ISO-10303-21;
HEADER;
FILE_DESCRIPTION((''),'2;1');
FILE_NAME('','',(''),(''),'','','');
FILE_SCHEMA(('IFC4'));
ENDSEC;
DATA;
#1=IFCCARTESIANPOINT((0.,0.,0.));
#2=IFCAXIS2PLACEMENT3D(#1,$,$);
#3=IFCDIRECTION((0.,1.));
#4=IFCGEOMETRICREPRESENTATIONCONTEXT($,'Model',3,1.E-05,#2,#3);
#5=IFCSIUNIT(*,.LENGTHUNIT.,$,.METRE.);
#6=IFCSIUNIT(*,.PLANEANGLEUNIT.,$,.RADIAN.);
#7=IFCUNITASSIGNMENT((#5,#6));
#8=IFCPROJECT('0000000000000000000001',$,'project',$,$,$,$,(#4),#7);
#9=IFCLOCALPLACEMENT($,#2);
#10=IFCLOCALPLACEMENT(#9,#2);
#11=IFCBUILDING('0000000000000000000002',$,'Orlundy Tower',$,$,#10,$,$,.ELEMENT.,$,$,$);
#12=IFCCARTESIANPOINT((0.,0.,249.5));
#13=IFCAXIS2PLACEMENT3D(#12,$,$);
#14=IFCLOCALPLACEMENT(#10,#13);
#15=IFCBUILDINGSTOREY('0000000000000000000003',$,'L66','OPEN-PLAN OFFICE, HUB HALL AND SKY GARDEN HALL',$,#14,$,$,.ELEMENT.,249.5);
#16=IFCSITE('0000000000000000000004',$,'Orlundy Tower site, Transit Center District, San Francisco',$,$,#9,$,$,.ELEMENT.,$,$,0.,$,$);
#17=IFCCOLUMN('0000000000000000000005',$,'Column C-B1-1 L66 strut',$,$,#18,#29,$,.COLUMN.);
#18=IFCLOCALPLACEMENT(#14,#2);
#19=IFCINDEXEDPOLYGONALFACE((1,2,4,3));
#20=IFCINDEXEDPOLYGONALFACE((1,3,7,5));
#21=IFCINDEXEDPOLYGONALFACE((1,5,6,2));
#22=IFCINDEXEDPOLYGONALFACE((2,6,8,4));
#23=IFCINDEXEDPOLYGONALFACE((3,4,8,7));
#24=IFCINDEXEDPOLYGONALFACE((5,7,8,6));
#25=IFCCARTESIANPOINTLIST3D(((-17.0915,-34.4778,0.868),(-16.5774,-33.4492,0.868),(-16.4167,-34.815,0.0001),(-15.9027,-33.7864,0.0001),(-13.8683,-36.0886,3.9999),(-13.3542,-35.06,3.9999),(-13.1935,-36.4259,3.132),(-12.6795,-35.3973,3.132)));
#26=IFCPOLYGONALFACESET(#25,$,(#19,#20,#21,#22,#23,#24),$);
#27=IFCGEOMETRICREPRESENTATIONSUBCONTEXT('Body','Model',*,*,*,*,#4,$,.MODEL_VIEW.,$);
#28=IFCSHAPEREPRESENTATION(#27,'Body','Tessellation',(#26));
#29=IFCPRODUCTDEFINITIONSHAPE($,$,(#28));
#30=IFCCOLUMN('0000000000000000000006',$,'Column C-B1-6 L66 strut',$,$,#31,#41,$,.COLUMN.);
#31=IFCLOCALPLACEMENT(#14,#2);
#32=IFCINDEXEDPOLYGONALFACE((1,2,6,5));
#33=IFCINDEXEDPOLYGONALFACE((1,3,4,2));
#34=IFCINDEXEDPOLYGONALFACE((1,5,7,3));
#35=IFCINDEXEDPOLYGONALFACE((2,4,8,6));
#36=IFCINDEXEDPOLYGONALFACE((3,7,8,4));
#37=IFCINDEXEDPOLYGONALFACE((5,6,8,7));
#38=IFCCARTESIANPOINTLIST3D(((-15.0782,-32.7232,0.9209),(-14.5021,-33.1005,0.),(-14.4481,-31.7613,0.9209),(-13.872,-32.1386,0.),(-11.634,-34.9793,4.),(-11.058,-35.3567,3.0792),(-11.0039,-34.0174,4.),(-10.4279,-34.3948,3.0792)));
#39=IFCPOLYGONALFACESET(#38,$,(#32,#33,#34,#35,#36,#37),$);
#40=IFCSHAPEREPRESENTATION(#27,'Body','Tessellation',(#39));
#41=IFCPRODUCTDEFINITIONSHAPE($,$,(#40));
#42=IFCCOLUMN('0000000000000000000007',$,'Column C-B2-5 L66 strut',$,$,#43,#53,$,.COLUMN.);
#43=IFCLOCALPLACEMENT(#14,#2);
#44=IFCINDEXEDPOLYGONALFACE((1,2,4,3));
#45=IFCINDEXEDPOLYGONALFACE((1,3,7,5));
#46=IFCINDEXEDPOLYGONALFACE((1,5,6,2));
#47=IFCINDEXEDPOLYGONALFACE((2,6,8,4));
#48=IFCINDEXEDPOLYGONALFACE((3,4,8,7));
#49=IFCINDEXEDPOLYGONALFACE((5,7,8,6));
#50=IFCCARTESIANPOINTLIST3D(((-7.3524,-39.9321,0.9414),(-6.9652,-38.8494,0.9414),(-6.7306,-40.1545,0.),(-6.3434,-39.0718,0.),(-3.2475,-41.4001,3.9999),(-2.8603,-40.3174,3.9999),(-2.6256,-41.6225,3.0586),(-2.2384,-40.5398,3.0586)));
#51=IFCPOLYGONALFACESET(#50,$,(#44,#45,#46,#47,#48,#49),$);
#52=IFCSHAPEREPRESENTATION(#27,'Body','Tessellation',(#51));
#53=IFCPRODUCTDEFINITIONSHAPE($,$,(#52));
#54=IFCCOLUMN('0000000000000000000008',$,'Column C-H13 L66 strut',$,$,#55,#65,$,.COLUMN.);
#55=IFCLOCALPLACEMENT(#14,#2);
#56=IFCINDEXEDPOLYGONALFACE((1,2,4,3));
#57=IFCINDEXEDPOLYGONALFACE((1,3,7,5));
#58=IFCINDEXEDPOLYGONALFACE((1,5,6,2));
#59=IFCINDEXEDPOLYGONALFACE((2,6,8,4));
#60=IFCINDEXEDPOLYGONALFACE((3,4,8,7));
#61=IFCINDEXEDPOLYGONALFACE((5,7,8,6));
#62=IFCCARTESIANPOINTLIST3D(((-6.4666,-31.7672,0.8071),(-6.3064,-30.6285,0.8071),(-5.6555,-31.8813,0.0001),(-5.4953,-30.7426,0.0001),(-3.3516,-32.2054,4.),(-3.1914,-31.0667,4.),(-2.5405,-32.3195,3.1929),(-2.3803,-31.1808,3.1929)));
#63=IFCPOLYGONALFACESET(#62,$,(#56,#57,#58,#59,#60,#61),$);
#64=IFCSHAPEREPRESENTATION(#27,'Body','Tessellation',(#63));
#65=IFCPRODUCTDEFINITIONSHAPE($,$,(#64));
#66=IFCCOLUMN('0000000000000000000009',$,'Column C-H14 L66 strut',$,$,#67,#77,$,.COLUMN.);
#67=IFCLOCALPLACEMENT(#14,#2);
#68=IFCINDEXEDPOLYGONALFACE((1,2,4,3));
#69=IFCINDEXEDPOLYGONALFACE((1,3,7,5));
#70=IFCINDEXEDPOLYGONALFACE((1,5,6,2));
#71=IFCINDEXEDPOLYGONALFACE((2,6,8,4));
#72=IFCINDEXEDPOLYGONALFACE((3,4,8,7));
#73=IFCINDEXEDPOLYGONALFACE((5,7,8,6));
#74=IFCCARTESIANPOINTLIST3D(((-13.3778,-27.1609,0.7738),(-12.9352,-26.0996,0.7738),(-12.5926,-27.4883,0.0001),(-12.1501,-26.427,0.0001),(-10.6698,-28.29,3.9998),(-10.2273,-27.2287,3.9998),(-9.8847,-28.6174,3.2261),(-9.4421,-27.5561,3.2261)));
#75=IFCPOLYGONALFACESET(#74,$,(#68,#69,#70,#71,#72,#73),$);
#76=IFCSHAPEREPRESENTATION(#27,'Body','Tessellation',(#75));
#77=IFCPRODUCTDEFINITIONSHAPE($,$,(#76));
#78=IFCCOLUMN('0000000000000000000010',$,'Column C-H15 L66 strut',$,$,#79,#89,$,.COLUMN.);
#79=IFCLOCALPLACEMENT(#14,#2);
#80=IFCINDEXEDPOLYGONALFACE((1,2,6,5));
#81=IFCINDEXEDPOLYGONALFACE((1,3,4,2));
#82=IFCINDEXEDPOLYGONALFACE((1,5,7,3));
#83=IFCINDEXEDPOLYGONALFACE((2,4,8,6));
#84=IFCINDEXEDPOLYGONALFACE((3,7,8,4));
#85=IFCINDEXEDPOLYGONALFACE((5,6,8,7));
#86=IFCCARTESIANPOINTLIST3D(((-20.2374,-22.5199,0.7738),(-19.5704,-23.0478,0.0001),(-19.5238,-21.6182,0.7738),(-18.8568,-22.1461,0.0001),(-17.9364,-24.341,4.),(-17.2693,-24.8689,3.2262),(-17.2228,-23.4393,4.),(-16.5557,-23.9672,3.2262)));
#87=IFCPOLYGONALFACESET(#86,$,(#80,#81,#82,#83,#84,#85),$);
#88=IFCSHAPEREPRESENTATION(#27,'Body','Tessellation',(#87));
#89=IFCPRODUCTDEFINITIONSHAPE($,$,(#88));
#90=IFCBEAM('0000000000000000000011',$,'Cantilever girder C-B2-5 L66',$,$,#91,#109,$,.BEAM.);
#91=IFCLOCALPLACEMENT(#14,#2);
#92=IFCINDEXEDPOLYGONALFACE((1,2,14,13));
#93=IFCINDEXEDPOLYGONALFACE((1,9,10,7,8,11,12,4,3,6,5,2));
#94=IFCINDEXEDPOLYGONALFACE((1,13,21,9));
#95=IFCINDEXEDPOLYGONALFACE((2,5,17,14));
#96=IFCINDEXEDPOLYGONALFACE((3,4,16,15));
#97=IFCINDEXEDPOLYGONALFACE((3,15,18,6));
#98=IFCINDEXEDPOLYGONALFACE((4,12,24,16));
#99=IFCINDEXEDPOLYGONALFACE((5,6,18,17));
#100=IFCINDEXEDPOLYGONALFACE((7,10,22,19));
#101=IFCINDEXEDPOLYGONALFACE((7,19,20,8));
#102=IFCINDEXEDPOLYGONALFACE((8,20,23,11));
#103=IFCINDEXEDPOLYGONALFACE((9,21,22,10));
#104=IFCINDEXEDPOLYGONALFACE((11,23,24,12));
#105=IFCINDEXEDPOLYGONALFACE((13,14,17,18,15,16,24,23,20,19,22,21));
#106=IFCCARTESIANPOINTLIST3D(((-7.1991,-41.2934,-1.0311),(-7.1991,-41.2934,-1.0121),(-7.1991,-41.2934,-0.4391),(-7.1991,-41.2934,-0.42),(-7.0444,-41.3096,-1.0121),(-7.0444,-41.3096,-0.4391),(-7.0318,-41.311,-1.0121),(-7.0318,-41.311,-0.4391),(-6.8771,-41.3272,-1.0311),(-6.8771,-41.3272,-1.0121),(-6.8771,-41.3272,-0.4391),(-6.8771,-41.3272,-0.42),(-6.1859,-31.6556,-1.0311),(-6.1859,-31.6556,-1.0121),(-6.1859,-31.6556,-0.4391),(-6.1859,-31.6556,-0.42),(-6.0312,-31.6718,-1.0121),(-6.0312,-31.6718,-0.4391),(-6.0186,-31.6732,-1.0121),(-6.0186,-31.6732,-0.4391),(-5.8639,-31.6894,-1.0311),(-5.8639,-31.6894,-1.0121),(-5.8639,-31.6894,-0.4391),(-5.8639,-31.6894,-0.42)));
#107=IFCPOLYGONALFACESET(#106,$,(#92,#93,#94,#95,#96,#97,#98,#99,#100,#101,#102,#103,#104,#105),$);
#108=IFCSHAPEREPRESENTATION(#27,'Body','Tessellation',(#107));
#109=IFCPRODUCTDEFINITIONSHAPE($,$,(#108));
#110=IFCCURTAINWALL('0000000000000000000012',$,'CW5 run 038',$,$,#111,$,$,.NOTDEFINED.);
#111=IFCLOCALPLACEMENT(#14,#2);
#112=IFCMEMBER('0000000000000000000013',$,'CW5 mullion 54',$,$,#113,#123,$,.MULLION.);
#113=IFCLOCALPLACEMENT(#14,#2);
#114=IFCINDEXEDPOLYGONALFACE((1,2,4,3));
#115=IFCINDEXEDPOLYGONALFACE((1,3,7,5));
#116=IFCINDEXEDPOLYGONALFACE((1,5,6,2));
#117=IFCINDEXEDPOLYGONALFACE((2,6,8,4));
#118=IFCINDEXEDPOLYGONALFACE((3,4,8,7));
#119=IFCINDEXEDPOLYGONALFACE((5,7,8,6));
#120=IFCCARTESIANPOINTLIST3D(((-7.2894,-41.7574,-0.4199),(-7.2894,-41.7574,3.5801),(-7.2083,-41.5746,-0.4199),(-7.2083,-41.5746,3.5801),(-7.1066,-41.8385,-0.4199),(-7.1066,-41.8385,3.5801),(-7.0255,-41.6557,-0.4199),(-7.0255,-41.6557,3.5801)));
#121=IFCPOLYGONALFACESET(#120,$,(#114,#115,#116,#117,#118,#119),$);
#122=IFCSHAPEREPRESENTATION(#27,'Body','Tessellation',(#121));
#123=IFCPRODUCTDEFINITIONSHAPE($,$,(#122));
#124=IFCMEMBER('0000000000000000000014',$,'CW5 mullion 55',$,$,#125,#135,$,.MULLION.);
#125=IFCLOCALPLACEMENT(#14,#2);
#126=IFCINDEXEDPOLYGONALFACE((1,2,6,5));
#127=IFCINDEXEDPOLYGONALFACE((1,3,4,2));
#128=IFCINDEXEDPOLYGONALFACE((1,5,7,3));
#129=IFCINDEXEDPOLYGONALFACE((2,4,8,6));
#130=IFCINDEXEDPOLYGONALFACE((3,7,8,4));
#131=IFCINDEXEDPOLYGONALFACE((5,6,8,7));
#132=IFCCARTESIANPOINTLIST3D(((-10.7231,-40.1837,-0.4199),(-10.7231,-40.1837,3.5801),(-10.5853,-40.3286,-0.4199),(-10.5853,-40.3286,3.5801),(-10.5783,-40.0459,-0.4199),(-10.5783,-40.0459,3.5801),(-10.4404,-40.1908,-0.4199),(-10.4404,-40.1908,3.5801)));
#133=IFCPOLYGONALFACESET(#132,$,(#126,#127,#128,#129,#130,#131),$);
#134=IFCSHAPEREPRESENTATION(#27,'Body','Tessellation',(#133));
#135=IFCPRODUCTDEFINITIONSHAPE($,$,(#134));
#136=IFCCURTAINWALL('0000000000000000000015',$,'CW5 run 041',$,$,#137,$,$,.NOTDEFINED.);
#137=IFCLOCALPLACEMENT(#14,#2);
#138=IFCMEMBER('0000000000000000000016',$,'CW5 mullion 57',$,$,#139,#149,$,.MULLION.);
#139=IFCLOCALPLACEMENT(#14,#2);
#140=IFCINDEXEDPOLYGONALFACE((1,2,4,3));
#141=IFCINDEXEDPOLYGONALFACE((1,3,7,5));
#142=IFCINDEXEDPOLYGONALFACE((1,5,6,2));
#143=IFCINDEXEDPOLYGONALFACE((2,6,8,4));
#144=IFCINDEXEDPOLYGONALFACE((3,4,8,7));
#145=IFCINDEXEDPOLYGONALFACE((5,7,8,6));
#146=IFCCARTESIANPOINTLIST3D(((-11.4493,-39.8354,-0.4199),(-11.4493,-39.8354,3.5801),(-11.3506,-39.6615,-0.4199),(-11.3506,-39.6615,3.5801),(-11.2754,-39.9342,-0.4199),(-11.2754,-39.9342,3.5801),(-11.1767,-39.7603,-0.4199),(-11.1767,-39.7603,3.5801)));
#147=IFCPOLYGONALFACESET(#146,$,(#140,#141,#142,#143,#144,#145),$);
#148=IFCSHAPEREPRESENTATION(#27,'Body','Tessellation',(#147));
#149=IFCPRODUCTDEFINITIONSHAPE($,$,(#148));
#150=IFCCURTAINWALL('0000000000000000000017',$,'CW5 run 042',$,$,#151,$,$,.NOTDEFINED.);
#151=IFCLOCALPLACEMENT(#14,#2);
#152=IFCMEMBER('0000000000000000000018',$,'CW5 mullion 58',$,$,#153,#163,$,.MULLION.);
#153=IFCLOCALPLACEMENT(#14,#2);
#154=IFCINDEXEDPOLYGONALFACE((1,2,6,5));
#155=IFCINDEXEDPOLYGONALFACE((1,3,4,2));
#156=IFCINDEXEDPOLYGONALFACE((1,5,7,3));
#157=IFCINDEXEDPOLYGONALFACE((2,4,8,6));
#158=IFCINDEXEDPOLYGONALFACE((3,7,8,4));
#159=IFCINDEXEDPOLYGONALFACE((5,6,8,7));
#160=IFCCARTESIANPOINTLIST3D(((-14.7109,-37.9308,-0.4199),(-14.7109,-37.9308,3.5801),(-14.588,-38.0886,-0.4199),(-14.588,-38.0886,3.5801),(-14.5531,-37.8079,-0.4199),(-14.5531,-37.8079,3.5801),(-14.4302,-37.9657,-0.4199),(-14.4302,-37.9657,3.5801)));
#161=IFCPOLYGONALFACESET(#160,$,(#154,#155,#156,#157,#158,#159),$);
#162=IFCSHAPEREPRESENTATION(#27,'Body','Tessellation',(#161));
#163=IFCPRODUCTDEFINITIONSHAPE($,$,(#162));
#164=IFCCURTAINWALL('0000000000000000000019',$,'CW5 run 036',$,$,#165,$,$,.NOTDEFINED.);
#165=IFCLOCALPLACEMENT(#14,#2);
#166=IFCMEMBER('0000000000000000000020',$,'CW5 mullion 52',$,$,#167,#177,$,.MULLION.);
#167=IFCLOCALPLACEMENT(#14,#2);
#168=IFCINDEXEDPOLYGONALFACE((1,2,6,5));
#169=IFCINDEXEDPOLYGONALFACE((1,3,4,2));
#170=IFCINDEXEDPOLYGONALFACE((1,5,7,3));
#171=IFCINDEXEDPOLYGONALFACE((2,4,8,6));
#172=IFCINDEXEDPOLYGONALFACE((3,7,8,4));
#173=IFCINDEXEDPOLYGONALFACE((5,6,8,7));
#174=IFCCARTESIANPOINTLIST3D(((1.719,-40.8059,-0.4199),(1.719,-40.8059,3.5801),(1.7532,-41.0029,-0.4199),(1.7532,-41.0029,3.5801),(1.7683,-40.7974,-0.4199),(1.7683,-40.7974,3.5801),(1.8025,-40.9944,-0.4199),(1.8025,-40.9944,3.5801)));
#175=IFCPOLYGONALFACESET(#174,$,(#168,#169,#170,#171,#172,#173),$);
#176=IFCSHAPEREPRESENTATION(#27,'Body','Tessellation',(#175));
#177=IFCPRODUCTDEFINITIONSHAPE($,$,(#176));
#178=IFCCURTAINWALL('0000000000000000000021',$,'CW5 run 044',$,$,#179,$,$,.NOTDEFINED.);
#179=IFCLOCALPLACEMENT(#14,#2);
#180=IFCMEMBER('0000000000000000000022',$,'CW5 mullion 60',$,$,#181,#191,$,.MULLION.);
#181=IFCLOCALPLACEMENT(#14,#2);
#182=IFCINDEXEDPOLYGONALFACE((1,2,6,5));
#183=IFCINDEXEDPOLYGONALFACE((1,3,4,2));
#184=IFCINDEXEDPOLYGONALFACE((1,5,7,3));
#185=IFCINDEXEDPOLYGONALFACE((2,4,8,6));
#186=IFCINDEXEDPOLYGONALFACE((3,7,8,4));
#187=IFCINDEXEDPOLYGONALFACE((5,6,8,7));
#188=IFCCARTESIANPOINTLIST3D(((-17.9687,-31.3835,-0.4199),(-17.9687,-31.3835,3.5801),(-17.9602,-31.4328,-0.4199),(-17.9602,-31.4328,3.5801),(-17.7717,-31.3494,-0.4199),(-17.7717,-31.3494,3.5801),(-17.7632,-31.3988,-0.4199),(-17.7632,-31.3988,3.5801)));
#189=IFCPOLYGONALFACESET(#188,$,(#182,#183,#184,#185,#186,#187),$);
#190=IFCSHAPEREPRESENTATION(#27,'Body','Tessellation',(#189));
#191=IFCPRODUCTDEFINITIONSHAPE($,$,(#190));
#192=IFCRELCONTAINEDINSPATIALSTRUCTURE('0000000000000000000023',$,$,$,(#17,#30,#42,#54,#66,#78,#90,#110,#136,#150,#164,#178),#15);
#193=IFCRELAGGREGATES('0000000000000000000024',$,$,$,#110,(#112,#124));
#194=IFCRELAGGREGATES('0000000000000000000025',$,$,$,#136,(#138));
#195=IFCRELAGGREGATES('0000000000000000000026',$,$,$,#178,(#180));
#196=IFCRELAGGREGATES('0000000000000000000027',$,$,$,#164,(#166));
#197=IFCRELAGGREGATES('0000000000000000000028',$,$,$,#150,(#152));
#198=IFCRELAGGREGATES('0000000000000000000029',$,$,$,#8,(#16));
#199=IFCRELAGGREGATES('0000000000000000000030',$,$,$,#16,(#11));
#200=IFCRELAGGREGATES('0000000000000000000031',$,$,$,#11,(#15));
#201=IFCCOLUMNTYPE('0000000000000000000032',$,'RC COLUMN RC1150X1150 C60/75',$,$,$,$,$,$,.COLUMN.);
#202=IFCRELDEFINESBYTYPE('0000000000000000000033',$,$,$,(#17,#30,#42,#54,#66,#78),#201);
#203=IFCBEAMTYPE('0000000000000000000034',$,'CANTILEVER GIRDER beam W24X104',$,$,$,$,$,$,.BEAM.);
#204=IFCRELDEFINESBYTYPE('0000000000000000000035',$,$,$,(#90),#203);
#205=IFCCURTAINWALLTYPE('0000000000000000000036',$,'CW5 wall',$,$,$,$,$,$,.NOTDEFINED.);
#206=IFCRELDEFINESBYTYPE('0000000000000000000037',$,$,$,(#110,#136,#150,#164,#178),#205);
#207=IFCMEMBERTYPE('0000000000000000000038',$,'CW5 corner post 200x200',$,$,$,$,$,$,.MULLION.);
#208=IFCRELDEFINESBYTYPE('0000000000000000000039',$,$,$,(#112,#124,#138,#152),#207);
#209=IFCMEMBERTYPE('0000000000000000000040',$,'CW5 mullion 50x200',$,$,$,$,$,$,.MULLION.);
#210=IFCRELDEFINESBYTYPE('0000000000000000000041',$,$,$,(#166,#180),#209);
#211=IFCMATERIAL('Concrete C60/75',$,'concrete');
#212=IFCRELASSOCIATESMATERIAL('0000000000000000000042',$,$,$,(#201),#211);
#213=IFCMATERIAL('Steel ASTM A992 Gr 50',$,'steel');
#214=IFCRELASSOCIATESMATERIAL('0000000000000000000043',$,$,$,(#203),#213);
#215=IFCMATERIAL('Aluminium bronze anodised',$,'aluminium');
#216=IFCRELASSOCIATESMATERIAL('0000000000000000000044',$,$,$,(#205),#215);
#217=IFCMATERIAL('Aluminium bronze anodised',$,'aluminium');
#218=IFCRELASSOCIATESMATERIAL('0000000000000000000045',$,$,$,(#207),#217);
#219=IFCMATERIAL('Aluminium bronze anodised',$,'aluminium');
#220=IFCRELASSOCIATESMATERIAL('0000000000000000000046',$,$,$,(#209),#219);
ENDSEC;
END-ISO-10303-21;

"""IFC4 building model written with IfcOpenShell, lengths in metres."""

from ifc_helpers import new_model, si_unit, direction, frame, origin, origin_2d, place, context, subcontext, project, spatial, rectangle, i_section, extrude, material, material_profile, profile_set, type_object, element, aggregate, save


model = new_model("IFC4")

# Units and contexts
model_context = context("Model", 3, precision=1e-05, world=origin(), true_north=direction((0.0, 1.0)))
body_context = subcontext(model_context, "Body", "Model", "MODEL_VIEW")
ifc_project = project(units=[si_unit("LENGTHUNIT", "METRE"), si_unit("PLANEANGLEUNIT", "RADIAN")], contexts=[model_context])

# Site, building, storey
site_placement = place(None, origin())
site = spatial("IfcSite", under=ifc_project, at=site_placement, Name="Orlundy Tower site, Transit Center District, San Francisco", CompositionType="ELEMENT", RefElevation=0.0)
building_placement = place(site_placement, origin())
building = spatial("IfcBuilding", under=site, at=building_placement, Name="Orlundy Tower", CompositionType="ELEMENT")
storey_placement = place(building_placement, frame((0.0, 0.0, 249.5)))
storey = spatial("IfcBuildingStorey", under=building, at=storey_placement, Name="L66", Description="OPEN-PLAN OFFICE, HUB HALL AND SKY GARDEN HALL", CompositionType="ELEMENT", Elevation=249.5)

# Columns
ifc_material_1 = material(Name="Concrete C60/75", Category="concrete")
ifc_material_profile_1 = material_profile(ifc_material_1, rectangle(XDim=1.1499, YDim=1.1499, at=origin_2d()), Name="RC1150X1150")
ifc_profile_set_1 = profile_set([ifc_material_profile_1], Name="Concrete C60/75")
column_type = type_object("IfcColumnType", Name="RC COLUMN RC1150X1150 C60/75", PredefinedType="COLUMN", material=ifc_profile_set_1)
column_1_placement = place(storey_placement, frame((-16.4971, -34.1321, 0.4341), z_axis=(0.675134, -0.337414, 0.656008), x_axis=(0.447051, 0.894508, 0.0)))
element("IfcColumn", 1, at=column_1_placement, inside=storey, type_object=column_type, Name="Column C-B1-1 L66 strut", PredefinedType="COLUMN", context=body_context, shape_type="SweptSolid", body=[
    extrude(rectangle(XDim=1.1499, YDim=1.1499, at=origin_2d()), origin(), (0.0, 0.0, 1.0), 4.7742),
])
column_2_placement = place(storey_placement, frame((-14.4751, -32.4309, 0.4604), z_axis=(0.669891, -0.438822, 0.598899), x_axis=(0.547963, 0.836502, 0.0)))
element("IfcColumn", 2, at=column_2_placement, inside=storey, type_object=column_type, Name="Column C-B1-6 L66 strut", PredefinedType="COLUMN", context=body_context, shape_type="SweptSolid", body=[
    extrude(rectangle(XDim=1.1499, YDim=1.1499, at=origin_2d()), origin(), (0.0, 0.0, 1.0), 5.1414),
])
column_3_placement = place(storey_placement, frame((-6.8479, -39.502, 0.4707), z_axis=(0.770816, -0.275658, 0.57433), x_axis=(0.336734, 0.9416, 0.0)))
element("IfcColumn", 3, at=column_3_placement, inside=storey, type_object=column_type, Name="Column C-B2-5 L66 strut", PredefinedType="COLUMN", context=body_context, shape_type="SweptSolid", body=[
    extrude(rectangle(XDim=1.1499, YDim=1.1499, at=origin_2d()), origin(), (0.0, 0.0, 1.0), 5.3254),
])
column_4_placement = place(storey_placement, frame((-5.981, -31.2549, 0.4036), z_axis=(0.694977, -0.097773, 0.712353), x_axis=(0.139313, 0.990248, 0.0)))
element("IfcColumn", 4, at=column_4_placement, inside=storey, type_object=column_type, Name="Column C-H13 L66 strut", PredefinedType="COLUMN", context=body_context, shape_type="SweptSolid", body=[
    extrude(rectangle(XDim=1.1499, YDim=1.1499, at=origin_2d()), origin(), (0.0, 0.0, 1.0), 4.4822),
])
column_5_placement = place(storey_placement, frame((-12.7639, -26.7939, 0.387), z_axis=(0.621001, -0.258937, 0.739804), x_axis=(0.384852, 0.922978, 0.0)))
element("IfcColumn", 5, at=column_5_placement, inside=storey, type_object=column_type, Name="Column C-H14 L66 strut", PredefinedType="COLUMN", context=body_context, shape_type="SweptSolid", body=[
    extrude(rectangle(XDim=1.1499, YDim=1.1499, at=origin_2d()), origin(), (0.0, 0.0, 1.0), 4.3606),
])
column_6_placement = place(storey_placement, frame((-19.5471, -22.333, 0.387), z_axis=(0.527635, -0.417573, 0.739753), x_axis=(0.620577, 0.784145, 0.0)))
element("IfcColumn", 6, at=column_6_placement, inside=storey, type_object=column_type, Name="Column C-H15 L66 strut", PredefinedType="COLUMN", context=body_context, shape_type="SweptSolid", body=[
    extrude(rectangle(XDim=1.1499, YDim=1.1499, at=origin_2d()), origin(), (0.0, 0.0, 1.0), 4.3611),
])

# Beam
ifc_material_2 = material(Name="Steel ASTM A992 Gr 50", Category="steel")
ifc_material_profile_2 = material_profile(ifc_material_2, i_section(OverallWidth=0.3237, OverallDepth=0.6111, WebThickness=0.0127, FlangeThickness=0.019, at=origin_2d()), Name="W24X104")
ifc_profile_set_2 = profile_set([ifc_material_profile_2], Name="Steel ASTM A992 Gr 50")
beam_type_1 = type_object("IfcBeamType", Name="CANTILEVER GIRDER beam W24X104", PredefinedType="BEAM", material=ifc_profile_set_2)
beam_1_placement = place(storey_placement, frame((-7.0381, -41.3103, -0.7256), z_axis=(0.104551, 0.99452, 0.0), x_axis=(-0.99452, 0.104551, 0.0)))
element("IfcBeam", 7, at=beam_1_placement, inside=storey, type_object=beam_type_1, Name="Cantilever girder C-B2-5 L66", PredefinedType="BEAM", context=body_context, shape_type="SweptSolid", body=[
    extrude(i_section(OverallWidth=0.3237, OverallDepth=0.6111, WebThickness=0.0127, FlangeThickness=0.019, at=origin_2d()), origin(), (0.0, 0.0, 1.0), 9.6909),
])

# Curtain wall, members
ifc_material_3 = material(Name="Aluminium bronze anodised", Category="aluminium")
curtain_wall_type = type_object("IfcCurtainWallType", Name="CW5 wall", PredefinedType="NOTDEFINED", material=ifc_material_3)
curtain_wall_1_placement = place(storey_placement, origin())
curtain_wall_1 = element("IfcCurtainWall", 8, at=curtain_wall_1_placement, inside=storey, type_object=curtain_wall_type, Name="CW5 run 038", PredefinedType="NOTDEFINED")
ifc_material_4 = material(Name="Aluminium bronze anodised", Category="aluminium")
ifc_material_profile_3 = material_profile(ifc_material_4, rectangle(XDim=0.2, YDim=0.2, at=origin_2d()), Name="CW5 corner post 200x200")
ifc_profile_set_3 = profile_set([ifc_material_profile_3], Name="Aluminium bronze anodised")
member_type_1 = type_object("IfcMemberType", Name="CW5 corner post 200x200", PredefinedType="MULLION", material=ifc_profile_set_3)
member_1_placement = place(storey_placement, frame((-7.1575, -41.7065, -0.4199), z_axis=(0.0, 0.0, 1.0), x_axis=(-0.405513, -0.914089, 0.0)))
member_1 = element("IfcMember", 9, at=member_1_placement, type_object=member_type_1, Name="CW5 mullion 54", PredefinedType="MULLION", context=body_context, shape_type="SweptSolid", body=[
    extrude(rectangle(XDim=0.2, YDim=0.2, at=origin_2d()), origin(), (0.0, 0.0, 1.0), 4.0),
])
member_2_placement = place(storey_placement, frame((-10.5818, -40.1873, -0.4199), z_axis=(0.0, 0.0, 1.0), x_axis=(-0.724482, -0.689293, 0.0)))
member_2 = element("IfcMember", 10, at=member_2_placement, type_object=member_type_1, Name="CW5 mullion 55", PredefinedType="MULLION", context=body_context, shape_type="SweptSolid", body=[
    extrude(rectangle(XDim=0.2, YDim=0.2, at=origin_2d()), origin(), (0.0, 0.0, 1.0), 4.0),
])

# Curtain walls, members
curtain_wall_2_placement = place(storey_placement, origin())
curtain_wall_2 = element("IfcCurtainWall", 11, at=curtain_wall_2_placement, inside=storey, type_object=curtain_wall_type, Name="CW5 run 041", PredefinedType="NOTDEFINED")
member_3_placement = place(storey_placement, frame((-11.313, -39.7979, -0.4199), z_axis=(0.0, 0.0, 1.0), x_axis=(-0.493754, -0.869601, 0.0)))
member_3 = element("IfcMember", 12, at=member_3_placement, type_object=member_type_1, Name="CW5 mullion 57", PredefinedType="MULLION", context=body_context, shape_type="SweptSolid", body=[
    extrude(rectangle(XDim=0.2, YDim=0.2, at=origin_2d()), origin(), (0.0, 0.0, 1.0), 4.0),
])
curtain_wall_3_placement = place(storey_placement, origin())
curtain_wall_3 = element("IfcCurtainWall", 13, at=curtain_wall_3_placement, inside=storey, type_object=curtain_wall_type, Name="CW5 run 042", PredefinedType="NOTDEFINED")
member_4_placement = place(storey_placement, frame((-14.5706, -37.9482, -0.4199), z_axis=(0.0, 0.0, 1.0), x_axis=(-0.788858, -0.614575, 0.0)))
member_4 = element("IfcMember", 14, at=member_4_placement, type_object=member_type_1, Name="CW5 mullion 58", PredefinedType="MULLION", context=body_context, shape_type="SweptSolid", body=[
    extrude(rectangle(XDim=0.2, YDim=0.2, at=origin_2d()), origin(), (0.0, 0.0, 1.0), 4.0),
])
curtain_wall_4_placement = place(storey_placement, origin())
curtain_wall_4 = element("IfcCurtainWall", 15, at=curtain_wall_4_placement, inside=storey, type_object=curtain_wall_type, Name="CW5 run 036", PredefinedType="NOTDEFINED")
ifc_material_5 = material(Name="Aluminium bronze anodised", Category="aluminium")
ifc_material_profile_4 = material_profile(ifc_material_5, rectangle(XDim=0.2, YDim=0.05, at=origin_2d()), Name="CW5 mullion 50x200")
ifc_profile_set_4 = profile_set([ifc_material_profile_4], Name="Aluminium bronze anodised")
member_type_2 = type_object("IfcMemberType", Name="CW5 mullion 50x200", PredefinedType="MULLION", material=ifc_profile_set_4)
member_5_placement = place(storey_placement, frame((1.7607, -40.9001, -0.4199), z_axis=(0.0, 0.0, 1.0), x_axis=(0.170766, -0.985312, 0.0)))
member_5 = element("IfcMember", 16, at=member_5_placement, type_object=member_type_2, Name="CW5 mullion 52", PredefinedType="MULLION", context=body_context, shape_type="SweptSolid", body=[
    extrude(rectangle(XDim=0.2, YDim=0.05, at=origin_2d()), origin(), (0.0, 0.0, 1.0), 4.0),
])
curtain_wall_5_placement = place(storey_placement, origin())
curtain_wall_5 = element("IfcCurtainWall", 17, at=curtain_wall_5_placement, inside=storey, type_object=curtain_wall_type, Name="CW5 run 044", PredefinedType="NOTDEFINED")
member_6_placement = place(storey_placement, frame((-17.866, -31.3911, -0.4199), z_axis=(0.0, 0.0, 1.0), x_axis=(-0.985431, -0.170078, 0.0)))
member_6 = element("IfcMember", 18, at=member_6_placement, type_object=member_type_2, Name="CW5 mullion 60", PredefinedType="MULLION", context=body_context, shape_type="SweptSolid", body=[
    extrude(rectangle(XDim=0.2, YDim=0.05, at=origin_2d()), origin(), (0.0, 0.0, 1.0), 4.0),
])

aggregate(curtain_wall_1, [member_1, member_2])
aggregate(curtain_wall_2, [member_3])
aggregate(curtain_wall_5, [member_6])
aggregate(curtain_wall_4, [member_5])
aggregate(curtain_wall_3, [member_4])

save(model, "model.ifc")
